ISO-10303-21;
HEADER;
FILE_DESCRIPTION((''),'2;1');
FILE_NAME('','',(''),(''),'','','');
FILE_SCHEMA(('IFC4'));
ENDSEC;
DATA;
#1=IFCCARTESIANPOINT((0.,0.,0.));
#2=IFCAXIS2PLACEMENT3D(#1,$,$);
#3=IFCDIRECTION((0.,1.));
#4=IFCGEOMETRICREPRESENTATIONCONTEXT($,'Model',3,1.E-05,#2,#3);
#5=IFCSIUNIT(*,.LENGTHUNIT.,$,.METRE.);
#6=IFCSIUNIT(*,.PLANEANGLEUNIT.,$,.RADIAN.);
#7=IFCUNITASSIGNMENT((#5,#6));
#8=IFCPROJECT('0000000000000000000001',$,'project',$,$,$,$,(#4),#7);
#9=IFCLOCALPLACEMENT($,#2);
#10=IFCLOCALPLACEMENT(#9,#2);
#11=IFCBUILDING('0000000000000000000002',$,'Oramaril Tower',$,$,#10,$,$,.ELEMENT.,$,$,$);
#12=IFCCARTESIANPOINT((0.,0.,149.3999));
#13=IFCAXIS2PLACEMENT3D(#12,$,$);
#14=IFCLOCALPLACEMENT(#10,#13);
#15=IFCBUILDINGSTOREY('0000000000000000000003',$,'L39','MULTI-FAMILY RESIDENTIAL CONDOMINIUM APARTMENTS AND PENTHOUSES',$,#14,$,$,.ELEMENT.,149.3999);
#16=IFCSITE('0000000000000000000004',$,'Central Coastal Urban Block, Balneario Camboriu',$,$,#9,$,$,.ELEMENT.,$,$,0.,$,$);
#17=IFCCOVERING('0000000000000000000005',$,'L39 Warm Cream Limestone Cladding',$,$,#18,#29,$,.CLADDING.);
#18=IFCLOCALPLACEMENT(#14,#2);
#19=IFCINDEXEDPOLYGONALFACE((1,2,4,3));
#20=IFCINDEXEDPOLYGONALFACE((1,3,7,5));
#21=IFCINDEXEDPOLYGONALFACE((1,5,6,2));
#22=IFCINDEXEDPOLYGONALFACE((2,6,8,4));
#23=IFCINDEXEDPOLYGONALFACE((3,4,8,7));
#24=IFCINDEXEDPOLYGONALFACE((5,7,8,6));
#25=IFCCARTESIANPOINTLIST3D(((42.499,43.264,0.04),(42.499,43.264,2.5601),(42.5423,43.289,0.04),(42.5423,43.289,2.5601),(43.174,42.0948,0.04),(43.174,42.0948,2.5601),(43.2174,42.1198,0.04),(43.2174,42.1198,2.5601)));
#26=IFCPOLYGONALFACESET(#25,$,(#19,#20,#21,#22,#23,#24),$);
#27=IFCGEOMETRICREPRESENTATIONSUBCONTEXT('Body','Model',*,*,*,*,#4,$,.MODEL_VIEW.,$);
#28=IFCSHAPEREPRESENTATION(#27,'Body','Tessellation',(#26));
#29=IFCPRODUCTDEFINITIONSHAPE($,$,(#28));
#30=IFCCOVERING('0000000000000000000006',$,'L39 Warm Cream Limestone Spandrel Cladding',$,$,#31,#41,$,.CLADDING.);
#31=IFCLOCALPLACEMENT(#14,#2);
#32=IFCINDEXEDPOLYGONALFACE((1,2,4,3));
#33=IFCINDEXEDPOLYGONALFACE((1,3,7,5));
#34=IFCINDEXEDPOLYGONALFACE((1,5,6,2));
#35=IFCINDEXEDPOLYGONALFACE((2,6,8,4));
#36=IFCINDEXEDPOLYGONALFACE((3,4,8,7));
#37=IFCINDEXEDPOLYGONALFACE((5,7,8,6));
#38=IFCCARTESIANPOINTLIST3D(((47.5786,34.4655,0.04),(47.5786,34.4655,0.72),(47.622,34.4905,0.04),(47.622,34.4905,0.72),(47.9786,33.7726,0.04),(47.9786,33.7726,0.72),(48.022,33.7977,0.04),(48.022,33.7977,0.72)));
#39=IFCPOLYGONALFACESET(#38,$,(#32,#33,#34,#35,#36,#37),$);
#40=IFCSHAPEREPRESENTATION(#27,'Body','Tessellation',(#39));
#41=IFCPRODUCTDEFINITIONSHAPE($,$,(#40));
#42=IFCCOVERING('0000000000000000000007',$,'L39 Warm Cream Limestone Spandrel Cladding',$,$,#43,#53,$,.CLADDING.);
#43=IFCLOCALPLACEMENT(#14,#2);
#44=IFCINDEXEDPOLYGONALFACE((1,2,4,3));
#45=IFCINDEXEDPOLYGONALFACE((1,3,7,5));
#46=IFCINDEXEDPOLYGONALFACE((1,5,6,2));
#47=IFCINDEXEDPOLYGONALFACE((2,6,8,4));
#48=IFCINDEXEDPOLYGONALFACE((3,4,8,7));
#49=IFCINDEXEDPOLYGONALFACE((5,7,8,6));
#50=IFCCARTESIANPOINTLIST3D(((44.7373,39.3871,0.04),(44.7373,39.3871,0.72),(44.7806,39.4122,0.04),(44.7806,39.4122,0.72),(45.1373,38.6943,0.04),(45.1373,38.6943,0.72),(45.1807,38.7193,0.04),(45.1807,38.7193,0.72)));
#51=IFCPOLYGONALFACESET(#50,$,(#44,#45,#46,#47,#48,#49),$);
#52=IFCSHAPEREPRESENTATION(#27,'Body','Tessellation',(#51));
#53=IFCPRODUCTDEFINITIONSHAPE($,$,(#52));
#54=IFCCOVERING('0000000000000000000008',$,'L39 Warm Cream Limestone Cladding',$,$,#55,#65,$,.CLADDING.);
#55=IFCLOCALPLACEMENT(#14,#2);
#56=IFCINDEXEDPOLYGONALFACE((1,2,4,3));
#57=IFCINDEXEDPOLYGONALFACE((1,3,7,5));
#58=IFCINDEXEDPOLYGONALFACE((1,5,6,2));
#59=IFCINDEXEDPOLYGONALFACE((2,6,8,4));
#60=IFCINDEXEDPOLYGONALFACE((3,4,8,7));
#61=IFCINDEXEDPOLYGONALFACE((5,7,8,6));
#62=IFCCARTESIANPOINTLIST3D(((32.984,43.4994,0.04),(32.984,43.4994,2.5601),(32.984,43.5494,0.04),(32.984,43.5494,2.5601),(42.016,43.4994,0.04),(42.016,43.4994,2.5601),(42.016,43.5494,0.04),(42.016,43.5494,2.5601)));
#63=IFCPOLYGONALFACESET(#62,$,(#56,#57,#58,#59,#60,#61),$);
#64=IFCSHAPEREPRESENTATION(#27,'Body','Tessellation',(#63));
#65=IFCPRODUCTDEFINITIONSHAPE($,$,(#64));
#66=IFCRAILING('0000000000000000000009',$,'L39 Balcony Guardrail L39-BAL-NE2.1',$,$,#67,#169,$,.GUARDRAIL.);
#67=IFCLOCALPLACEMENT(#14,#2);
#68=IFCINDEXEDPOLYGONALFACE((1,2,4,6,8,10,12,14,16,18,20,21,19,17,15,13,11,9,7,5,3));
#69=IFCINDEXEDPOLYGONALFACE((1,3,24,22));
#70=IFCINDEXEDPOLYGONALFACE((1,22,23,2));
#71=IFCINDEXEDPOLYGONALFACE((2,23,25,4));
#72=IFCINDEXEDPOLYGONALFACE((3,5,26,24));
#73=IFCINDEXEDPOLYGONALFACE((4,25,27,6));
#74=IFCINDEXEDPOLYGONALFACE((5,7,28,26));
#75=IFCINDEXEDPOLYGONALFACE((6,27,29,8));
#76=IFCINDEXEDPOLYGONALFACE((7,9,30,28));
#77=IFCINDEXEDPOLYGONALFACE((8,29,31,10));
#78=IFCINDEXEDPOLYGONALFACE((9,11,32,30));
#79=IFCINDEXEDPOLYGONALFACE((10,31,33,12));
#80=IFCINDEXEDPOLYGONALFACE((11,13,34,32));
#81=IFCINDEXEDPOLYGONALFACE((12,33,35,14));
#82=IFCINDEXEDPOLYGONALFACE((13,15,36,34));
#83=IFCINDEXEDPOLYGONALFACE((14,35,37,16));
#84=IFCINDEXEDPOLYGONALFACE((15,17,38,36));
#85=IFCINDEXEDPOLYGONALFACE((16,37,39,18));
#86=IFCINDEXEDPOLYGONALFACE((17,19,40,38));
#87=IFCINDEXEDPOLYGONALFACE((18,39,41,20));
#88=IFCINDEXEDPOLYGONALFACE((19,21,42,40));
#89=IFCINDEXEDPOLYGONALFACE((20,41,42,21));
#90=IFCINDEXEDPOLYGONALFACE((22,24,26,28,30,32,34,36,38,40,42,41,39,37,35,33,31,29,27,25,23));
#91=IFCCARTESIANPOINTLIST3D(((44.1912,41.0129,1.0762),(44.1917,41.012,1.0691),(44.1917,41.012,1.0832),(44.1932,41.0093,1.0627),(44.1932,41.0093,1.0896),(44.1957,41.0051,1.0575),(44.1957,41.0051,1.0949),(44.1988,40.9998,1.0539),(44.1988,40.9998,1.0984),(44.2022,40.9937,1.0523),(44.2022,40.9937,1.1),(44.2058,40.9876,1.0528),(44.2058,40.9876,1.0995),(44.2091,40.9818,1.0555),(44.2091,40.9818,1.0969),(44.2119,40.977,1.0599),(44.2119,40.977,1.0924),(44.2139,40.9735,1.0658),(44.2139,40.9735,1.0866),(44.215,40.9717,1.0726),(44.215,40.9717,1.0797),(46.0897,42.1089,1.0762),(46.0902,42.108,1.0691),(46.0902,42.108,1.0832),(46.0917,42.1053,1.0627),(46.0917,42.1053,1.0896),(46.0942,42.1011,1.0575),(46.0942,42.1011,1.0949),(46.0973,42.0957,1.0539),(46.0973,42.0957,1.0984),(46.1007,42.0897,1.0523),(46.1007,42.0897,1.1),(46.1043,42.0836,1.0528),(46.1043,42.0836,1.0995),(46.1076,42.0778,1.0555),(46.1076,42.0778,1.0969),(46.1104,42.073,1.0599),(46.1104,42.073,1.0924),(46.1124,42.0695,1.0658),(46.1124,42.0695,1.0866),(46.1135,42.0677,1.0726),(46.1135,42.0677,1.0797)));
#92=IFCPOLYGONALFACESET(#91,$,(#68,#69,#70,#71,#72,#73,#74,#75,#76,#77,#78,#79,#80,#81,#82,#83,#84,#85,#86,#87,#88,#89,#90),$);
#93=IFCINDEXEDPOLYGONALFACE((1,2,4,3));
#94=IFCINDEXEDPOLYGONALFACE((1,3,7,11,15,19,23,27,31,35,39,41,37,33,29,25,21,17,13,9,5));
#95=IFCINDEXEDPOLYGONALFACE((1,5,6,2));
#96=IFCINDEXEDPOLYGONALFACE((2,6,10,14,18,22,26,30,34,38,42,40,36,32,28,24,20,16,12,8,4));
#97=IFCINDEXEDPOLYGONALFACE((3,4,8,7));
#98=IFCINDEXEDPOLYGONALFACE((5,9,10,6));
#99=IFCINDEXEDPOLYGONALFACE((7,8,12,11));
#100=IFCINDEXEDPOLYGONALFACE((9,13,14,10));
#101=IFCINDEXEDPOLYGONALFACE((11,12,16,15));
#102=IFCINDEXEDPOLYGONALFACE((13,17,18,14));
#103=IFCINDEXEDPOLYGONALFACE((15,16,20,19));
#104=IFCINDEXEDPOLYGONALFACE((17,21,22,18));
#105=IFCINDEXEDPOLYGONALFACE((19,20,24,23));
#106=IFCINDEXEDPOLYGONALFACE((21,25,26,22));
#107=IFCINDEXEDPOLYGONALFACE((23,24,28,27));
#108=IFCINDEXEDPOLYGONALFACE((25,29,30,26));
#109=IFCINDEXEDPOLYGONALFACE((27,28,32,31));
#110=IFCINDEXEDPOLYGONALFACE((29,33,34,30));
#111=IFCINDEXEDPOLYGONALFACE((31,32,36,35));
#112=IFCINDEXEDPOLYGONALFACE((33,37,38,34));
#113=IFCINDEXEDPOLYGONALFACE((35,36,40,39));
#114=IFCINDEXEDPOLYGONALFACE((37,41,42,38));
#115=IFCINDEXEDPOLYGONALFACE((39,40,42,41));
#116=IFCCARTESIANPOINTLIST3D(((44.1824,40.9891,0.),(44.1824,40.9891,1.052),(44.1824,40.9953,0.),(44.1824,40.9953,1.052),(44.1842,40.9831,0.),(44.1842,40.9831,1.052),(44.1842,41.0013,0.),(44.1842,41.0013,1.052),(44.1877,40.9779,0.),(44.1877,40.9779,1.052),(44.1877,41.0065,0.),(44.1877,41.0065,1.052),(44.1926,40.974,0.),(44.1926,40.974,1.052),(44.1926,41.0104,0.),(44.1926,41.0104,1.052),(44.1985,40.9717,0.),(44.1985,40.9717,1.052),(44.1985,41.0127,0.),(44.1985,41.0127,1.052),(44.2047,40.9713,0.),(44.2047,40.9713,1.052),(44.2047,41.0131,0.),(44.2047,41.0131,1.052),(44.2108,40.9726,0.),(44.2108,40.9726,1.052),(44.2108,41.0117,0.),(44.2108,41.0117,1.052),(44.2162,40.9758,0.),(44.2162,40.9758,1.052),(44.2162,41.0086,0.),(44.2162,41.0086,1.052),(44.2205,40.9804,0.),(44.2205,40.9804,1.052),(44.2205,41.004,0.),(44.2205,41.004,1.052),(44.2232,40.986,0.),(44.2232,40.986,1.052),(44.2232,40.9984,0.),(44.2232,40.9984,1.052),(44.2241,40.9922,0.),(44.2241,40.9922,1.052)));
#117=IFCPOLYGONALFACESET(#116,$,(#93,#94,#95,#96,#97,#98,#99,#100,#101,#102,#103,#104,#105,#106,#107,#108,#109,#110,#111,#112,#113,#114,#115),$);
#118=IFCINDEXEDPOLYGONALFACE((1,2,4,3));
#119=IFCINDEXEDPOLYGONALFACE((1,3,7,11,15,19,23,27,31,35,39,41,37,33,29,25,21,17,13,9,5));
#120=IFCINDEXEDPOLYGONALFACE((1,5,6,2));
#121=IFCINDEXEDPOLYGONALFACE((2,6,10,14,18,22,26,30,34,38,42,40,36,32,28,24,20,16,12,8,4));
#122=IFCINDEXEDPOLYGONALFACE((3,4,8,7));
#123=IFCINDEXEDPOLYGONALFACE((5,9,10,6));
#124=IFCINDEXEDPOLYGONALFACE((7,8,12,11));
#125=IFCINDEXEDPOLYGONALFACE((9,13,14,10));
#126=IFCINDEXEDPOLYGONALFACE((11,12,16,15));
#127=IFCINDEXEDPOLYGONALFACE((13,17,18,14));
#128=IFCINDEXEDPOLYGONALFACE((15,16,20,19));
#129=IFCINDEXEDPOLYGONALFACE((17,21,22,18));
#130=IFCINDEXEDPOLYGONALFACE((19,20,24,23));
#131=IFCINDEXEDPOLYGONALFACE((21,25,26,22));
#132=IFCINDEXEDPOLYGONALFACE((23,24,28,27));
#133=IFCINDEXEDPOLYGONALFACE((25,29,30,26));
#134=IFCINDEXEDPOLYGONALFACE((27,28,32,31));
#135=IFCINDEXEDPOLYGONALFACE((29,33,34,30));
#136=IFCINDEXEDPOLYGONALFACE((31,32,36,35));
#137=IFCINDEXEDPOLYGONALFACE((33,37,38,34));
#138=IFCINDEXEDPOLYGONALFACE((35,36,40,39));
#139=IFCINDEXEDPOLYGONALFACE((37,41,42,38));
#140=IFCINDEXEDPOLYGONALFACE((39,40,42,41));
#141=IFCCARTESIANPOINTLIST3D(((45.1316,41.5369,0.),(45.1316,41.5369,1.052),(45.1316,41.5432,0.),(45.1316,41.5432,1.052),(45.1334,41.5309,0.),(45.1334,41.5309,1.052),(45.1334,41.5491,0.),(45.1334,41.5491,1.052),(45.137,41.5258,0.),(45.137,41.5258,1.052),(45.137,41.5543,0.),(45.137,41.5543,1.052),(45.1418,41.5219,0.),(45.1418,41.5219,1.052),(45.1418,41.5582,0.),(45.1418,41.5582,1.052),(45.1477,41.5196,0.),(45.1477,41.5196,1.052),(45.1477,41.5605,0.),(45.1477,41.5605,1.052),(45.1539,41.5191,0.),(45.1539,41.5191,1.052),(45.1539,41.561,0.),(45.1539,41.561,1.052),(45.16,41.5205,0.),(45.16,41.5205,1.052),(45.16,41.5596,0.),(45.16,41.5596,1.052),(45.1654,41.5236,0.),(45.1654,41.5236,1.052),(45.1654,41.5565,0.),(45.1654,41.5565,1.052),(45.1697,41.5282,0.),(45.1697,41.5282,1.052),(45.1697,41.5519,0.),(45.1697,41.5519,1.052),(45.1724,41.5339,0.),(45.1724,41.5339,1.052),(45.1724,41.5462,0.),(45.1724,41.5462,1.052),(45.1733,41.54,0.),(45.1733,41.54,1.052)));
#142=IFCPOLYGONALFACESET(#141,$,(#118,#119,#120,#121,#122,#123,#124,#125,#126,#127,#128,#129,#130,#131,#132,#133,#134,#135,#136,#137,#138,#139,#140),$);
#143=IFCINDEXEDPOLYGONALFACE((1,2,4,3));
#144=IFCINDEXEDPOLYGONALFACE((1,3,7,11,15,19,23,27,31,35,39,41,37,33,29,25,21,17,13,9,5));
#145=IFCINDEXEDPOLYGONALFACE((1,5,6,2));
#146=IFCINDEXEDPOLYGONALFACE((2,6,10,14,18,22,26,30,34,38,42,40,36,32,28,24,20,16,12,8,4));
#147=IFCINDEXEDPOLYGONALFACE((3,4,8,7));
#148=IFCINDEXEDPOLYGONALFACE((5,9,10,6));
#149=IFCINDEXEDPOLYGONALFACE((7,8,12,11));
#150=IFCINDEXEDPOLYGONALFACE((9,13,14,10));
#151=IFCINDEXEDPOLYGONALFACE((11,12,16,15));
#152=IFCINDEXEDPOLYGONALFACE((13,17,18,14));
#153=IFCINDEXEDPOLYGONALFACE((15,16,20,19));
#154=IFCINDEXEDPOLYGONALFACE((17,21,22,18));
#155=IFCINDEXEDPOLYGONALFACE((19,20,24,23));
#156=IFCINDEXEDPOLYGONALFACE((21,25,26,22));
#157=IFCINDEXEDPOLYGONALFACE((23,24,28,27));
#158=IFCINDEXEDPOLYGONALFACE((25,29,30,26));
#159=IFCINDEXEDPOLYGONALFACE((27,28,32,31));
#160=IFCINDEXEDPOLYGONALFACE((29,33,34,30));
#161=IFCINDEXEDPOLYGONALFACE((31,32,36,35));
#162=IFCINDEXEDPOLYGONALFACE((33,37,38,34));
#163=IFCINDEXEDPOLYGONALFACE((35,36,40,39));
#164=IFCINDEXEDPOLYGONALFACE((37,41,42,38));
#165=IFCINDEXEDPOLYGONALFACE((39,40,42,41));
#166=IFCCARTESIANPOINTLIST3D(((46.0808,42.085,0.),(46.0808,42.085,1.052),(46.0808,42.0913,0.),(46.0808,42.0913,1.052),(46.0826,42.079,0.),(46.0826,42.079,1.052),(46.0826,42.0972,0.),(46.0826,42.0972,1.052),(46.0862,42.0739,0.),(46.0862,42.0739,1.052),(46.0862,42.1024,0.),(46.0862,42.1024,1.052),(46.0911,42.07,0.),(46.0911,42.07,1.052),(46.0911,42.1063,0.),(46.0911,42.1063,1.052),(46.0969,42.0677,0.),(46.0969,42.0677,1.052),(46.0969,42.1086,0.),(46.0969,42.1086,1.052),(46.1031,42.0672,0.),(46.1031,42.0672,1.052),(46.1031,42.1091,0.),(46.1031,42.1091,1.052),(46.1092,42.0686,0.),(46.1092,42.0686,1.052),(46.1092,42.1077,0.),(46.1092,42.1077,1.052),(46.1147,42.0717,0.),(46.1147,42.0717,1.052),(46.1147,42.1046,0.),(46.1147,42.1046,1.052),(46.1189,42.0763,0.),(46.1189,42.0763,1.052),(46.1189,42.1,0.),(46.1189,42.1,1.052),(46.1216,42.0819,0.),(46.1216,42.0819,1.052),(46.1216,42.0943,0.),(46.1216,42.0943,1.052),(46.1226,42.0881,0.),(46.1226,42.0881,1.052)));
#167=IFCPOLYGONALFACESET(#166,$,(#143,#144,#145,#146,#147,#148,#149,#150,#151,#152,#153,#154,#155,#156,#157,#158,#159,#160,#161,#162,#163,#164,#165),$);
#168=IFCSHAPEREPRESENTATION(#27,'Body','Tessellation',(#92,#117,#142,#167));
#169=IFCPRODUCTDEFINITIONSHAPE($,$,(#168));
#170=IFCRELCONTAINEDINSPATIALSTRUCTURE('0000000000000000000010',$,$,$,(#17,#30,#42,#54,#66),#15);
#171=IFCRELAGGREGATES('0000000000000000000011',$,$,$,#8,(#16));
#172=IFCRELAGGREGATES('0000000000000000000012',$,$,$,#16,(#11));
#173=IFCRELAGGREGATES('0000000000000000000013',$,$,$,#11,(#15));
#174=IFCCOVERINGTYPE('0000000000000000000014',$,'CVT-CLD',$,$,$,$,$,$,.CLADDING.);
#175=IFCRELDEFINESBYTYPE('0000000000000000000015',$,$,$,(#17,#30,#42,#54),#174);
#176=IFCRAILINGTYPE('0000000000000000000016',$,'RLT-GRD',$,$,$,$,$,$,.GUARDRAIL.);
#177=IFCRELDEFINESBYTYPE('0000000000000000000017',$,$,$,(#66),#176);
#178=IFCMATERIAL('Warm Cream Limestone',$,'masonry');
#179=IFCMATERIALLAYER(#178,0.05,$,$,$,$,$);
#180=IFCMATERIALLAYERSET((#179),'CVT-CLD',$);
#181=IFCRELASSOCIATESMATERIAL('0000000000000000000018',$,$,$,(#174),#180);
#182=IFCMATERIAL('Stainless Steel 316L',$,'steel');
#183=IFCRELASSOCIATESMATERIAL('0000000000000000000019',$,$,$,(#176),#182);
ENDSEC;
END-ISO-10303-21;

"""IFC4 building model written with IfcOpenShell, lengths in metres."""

from ifc_helpers import new_model, si_unit, direction, frame, origin, origin_2d, place, context, subcontext, project, spatial, rectangle, circle, extrude, material, layer, layer_set, type_object, element, save


model = new_model("IFC4")

# Units and contexts
model_context = context("Model", 3, precision=1e-05, world=origin(), true_north=direction((0.0, 1.0)))
body_context = subcontext(model_context, "Body", "Model", "MODEL_VIEW")
ifc_project = project(units=[si_unit("LENGTHUNIT", "METRE"), si_unit("PLANEANGLEUNIT", "RADIAN")], contexts=[model_context])

# Site, building, storey
site_placement = place(None, origin())
site = spatial("IfcSite", under=ifc_project, at=site_placement, Name="Central Coastal Urban Block, Balneario Camboriu", CompositionType="ELEMENT", RefElevation=0.0)
building_placement = place(site_placement, origin())
building = spatial("IfcBuilding", under=site, at=building_placement, Name="Oramaril Tower", CompositionType="ELEMENT")
storey_placement = place(building_placement, frame((0.0, 0.0, 149.3999)))
storey = spatial("IfcBuildingStorey", under=building, at=storey_placement, Name="L39", Description="MULTI-FAMILY RESIDENTIAL CONDOMINIUM APARTMENTS AND PENTHOUSES", CompositionType="ELEMENT", Elevation=149.3999)

# Coverings
ifc_material_1 = material(Name="Warm Cream Limestone", Category="masonry")
ifc_layer_1 = layer(ifc_material_1, 0.05)
ifc_layer_set_1 = layer_set([ifc_layer_1], Name="CVT-CLD")
covering_type = type_object("IfcCoveringType", Name="CVT-CLD", PredefinedType="CLADDING", material=ifc_layer_set_1)
covering_1_placement = place(storey_placement, frame((42.8582, 42.6919, 0.04), z_axis=(0.0, 0.0, 1.0), x_axis=(-0.5, 0.866025, 0.0)))
element("IfcCovering", 1, at=covering_1_placement, inside=storey, type_object=covering_type, Name="L39 Warm Cream Limestone Cladding", PredefinedType="CLADDING", context=body_context, shape_type="SweptSolid", body=[
    extrude(rectangle(XDim=1.3501, YDim=0.05, at=origin_2d()), origin(), (0.0, 0.0, 1.0), 2.52),
])
for number, where, z_axis, x_axis, name in (
    (2, (47.8003, 34.1316, 0.04), (0.0, 0.0, 1.0), (-0.5, 0.866025, 0.0), "L39 Warm Cream Limestone Spandrel Cladding"),
    (3, (44.959, 39.0532, 0.04), (0.0, 0.0, 1.0), (-0.5, 0.866025, 0.0), "L39 Warm Cream Limestone Spandrel Cladding"),
):
    element("IfcCovering", number, at=place(storey_placement, frame(where, z_axis=z_axis, x_axis=x_axis)), inside=storey, type_object=covering_type, Name=name, PredefinedType="CLADDING", context=body_context, shape_type="SweptSolid", body=[
        extrude(rectangle(XDim=0.8, YDim=0.05, at=origin_2d()), origin(), (0.0, 0.0, 1.0), 0.6799),
    ])
covering_2_placement = place(storey_placement, frame((37.5, 43.5244, 0.04), z_axis=(0.0, 0.0, 1.0), x_axis=(-1.0, 0.0, 0.0)))
element("IfcCovering", 4, at=covering_2_placement, inside=storey, type_object=covering_type, Name="L39 Warm Cream Limestone Cladding", PredefinedType="CLADDING", context=body_context, shape_type="SweptSolid", body=[
    extrude(rectangle(XDim=9.032, YDim=0.05, at=origin_2d()), origin(), (0.0, 0.0, 1.0), 2.52),
])

# Railing
ifc_material_2 = material(Name="Stainless Steel 316L", Category="steel")
railing_type = type_object("IfcRailingType", Name="RLT-GRD", PredefinedType="GUARDRAIL", material=ifc_material_2)
railing_1_placement = place(storey_placement, frame((44.2031, 40.9922, 0.0)))
element("IfcRailing", 5, at=railing_1_placement, inside=storey, type_object=railing_type, Name="L39 Balcony Guardrail L39-BAL-NE2.1", PredefinedType="GUARDRAIL", context=body_context, shape_type="SweptSolid", body=[
    extrude(circle(Radius=0.0239, at=origin_2d()), frame((0.0, 0.0, 1.0762), z_axis=(0.866048, 0.49996, 0.0), x_axis=(-0.49996, 0.866048, 0.0)), (0.0, 0.0, 1.0), 2.1921),
    extrude(circle(Radius=0.021, at=origin_2d()), origin(), (0.0, 0.0, 1.0), 1.052),
    extrude(circle(Radius=0.021, at=origin_2d()), frame((0.9492, 0.5479, 0.0)), (0.0, 0.0, 1.0), 1.052),
    extrude(circle(Radius=0.021, at=origin_2d()), frame((1.8984, 1.0959, 0.0)), (0.0, 0.0, 1.0), 1.052),
])

save(model, "model.ifc")
